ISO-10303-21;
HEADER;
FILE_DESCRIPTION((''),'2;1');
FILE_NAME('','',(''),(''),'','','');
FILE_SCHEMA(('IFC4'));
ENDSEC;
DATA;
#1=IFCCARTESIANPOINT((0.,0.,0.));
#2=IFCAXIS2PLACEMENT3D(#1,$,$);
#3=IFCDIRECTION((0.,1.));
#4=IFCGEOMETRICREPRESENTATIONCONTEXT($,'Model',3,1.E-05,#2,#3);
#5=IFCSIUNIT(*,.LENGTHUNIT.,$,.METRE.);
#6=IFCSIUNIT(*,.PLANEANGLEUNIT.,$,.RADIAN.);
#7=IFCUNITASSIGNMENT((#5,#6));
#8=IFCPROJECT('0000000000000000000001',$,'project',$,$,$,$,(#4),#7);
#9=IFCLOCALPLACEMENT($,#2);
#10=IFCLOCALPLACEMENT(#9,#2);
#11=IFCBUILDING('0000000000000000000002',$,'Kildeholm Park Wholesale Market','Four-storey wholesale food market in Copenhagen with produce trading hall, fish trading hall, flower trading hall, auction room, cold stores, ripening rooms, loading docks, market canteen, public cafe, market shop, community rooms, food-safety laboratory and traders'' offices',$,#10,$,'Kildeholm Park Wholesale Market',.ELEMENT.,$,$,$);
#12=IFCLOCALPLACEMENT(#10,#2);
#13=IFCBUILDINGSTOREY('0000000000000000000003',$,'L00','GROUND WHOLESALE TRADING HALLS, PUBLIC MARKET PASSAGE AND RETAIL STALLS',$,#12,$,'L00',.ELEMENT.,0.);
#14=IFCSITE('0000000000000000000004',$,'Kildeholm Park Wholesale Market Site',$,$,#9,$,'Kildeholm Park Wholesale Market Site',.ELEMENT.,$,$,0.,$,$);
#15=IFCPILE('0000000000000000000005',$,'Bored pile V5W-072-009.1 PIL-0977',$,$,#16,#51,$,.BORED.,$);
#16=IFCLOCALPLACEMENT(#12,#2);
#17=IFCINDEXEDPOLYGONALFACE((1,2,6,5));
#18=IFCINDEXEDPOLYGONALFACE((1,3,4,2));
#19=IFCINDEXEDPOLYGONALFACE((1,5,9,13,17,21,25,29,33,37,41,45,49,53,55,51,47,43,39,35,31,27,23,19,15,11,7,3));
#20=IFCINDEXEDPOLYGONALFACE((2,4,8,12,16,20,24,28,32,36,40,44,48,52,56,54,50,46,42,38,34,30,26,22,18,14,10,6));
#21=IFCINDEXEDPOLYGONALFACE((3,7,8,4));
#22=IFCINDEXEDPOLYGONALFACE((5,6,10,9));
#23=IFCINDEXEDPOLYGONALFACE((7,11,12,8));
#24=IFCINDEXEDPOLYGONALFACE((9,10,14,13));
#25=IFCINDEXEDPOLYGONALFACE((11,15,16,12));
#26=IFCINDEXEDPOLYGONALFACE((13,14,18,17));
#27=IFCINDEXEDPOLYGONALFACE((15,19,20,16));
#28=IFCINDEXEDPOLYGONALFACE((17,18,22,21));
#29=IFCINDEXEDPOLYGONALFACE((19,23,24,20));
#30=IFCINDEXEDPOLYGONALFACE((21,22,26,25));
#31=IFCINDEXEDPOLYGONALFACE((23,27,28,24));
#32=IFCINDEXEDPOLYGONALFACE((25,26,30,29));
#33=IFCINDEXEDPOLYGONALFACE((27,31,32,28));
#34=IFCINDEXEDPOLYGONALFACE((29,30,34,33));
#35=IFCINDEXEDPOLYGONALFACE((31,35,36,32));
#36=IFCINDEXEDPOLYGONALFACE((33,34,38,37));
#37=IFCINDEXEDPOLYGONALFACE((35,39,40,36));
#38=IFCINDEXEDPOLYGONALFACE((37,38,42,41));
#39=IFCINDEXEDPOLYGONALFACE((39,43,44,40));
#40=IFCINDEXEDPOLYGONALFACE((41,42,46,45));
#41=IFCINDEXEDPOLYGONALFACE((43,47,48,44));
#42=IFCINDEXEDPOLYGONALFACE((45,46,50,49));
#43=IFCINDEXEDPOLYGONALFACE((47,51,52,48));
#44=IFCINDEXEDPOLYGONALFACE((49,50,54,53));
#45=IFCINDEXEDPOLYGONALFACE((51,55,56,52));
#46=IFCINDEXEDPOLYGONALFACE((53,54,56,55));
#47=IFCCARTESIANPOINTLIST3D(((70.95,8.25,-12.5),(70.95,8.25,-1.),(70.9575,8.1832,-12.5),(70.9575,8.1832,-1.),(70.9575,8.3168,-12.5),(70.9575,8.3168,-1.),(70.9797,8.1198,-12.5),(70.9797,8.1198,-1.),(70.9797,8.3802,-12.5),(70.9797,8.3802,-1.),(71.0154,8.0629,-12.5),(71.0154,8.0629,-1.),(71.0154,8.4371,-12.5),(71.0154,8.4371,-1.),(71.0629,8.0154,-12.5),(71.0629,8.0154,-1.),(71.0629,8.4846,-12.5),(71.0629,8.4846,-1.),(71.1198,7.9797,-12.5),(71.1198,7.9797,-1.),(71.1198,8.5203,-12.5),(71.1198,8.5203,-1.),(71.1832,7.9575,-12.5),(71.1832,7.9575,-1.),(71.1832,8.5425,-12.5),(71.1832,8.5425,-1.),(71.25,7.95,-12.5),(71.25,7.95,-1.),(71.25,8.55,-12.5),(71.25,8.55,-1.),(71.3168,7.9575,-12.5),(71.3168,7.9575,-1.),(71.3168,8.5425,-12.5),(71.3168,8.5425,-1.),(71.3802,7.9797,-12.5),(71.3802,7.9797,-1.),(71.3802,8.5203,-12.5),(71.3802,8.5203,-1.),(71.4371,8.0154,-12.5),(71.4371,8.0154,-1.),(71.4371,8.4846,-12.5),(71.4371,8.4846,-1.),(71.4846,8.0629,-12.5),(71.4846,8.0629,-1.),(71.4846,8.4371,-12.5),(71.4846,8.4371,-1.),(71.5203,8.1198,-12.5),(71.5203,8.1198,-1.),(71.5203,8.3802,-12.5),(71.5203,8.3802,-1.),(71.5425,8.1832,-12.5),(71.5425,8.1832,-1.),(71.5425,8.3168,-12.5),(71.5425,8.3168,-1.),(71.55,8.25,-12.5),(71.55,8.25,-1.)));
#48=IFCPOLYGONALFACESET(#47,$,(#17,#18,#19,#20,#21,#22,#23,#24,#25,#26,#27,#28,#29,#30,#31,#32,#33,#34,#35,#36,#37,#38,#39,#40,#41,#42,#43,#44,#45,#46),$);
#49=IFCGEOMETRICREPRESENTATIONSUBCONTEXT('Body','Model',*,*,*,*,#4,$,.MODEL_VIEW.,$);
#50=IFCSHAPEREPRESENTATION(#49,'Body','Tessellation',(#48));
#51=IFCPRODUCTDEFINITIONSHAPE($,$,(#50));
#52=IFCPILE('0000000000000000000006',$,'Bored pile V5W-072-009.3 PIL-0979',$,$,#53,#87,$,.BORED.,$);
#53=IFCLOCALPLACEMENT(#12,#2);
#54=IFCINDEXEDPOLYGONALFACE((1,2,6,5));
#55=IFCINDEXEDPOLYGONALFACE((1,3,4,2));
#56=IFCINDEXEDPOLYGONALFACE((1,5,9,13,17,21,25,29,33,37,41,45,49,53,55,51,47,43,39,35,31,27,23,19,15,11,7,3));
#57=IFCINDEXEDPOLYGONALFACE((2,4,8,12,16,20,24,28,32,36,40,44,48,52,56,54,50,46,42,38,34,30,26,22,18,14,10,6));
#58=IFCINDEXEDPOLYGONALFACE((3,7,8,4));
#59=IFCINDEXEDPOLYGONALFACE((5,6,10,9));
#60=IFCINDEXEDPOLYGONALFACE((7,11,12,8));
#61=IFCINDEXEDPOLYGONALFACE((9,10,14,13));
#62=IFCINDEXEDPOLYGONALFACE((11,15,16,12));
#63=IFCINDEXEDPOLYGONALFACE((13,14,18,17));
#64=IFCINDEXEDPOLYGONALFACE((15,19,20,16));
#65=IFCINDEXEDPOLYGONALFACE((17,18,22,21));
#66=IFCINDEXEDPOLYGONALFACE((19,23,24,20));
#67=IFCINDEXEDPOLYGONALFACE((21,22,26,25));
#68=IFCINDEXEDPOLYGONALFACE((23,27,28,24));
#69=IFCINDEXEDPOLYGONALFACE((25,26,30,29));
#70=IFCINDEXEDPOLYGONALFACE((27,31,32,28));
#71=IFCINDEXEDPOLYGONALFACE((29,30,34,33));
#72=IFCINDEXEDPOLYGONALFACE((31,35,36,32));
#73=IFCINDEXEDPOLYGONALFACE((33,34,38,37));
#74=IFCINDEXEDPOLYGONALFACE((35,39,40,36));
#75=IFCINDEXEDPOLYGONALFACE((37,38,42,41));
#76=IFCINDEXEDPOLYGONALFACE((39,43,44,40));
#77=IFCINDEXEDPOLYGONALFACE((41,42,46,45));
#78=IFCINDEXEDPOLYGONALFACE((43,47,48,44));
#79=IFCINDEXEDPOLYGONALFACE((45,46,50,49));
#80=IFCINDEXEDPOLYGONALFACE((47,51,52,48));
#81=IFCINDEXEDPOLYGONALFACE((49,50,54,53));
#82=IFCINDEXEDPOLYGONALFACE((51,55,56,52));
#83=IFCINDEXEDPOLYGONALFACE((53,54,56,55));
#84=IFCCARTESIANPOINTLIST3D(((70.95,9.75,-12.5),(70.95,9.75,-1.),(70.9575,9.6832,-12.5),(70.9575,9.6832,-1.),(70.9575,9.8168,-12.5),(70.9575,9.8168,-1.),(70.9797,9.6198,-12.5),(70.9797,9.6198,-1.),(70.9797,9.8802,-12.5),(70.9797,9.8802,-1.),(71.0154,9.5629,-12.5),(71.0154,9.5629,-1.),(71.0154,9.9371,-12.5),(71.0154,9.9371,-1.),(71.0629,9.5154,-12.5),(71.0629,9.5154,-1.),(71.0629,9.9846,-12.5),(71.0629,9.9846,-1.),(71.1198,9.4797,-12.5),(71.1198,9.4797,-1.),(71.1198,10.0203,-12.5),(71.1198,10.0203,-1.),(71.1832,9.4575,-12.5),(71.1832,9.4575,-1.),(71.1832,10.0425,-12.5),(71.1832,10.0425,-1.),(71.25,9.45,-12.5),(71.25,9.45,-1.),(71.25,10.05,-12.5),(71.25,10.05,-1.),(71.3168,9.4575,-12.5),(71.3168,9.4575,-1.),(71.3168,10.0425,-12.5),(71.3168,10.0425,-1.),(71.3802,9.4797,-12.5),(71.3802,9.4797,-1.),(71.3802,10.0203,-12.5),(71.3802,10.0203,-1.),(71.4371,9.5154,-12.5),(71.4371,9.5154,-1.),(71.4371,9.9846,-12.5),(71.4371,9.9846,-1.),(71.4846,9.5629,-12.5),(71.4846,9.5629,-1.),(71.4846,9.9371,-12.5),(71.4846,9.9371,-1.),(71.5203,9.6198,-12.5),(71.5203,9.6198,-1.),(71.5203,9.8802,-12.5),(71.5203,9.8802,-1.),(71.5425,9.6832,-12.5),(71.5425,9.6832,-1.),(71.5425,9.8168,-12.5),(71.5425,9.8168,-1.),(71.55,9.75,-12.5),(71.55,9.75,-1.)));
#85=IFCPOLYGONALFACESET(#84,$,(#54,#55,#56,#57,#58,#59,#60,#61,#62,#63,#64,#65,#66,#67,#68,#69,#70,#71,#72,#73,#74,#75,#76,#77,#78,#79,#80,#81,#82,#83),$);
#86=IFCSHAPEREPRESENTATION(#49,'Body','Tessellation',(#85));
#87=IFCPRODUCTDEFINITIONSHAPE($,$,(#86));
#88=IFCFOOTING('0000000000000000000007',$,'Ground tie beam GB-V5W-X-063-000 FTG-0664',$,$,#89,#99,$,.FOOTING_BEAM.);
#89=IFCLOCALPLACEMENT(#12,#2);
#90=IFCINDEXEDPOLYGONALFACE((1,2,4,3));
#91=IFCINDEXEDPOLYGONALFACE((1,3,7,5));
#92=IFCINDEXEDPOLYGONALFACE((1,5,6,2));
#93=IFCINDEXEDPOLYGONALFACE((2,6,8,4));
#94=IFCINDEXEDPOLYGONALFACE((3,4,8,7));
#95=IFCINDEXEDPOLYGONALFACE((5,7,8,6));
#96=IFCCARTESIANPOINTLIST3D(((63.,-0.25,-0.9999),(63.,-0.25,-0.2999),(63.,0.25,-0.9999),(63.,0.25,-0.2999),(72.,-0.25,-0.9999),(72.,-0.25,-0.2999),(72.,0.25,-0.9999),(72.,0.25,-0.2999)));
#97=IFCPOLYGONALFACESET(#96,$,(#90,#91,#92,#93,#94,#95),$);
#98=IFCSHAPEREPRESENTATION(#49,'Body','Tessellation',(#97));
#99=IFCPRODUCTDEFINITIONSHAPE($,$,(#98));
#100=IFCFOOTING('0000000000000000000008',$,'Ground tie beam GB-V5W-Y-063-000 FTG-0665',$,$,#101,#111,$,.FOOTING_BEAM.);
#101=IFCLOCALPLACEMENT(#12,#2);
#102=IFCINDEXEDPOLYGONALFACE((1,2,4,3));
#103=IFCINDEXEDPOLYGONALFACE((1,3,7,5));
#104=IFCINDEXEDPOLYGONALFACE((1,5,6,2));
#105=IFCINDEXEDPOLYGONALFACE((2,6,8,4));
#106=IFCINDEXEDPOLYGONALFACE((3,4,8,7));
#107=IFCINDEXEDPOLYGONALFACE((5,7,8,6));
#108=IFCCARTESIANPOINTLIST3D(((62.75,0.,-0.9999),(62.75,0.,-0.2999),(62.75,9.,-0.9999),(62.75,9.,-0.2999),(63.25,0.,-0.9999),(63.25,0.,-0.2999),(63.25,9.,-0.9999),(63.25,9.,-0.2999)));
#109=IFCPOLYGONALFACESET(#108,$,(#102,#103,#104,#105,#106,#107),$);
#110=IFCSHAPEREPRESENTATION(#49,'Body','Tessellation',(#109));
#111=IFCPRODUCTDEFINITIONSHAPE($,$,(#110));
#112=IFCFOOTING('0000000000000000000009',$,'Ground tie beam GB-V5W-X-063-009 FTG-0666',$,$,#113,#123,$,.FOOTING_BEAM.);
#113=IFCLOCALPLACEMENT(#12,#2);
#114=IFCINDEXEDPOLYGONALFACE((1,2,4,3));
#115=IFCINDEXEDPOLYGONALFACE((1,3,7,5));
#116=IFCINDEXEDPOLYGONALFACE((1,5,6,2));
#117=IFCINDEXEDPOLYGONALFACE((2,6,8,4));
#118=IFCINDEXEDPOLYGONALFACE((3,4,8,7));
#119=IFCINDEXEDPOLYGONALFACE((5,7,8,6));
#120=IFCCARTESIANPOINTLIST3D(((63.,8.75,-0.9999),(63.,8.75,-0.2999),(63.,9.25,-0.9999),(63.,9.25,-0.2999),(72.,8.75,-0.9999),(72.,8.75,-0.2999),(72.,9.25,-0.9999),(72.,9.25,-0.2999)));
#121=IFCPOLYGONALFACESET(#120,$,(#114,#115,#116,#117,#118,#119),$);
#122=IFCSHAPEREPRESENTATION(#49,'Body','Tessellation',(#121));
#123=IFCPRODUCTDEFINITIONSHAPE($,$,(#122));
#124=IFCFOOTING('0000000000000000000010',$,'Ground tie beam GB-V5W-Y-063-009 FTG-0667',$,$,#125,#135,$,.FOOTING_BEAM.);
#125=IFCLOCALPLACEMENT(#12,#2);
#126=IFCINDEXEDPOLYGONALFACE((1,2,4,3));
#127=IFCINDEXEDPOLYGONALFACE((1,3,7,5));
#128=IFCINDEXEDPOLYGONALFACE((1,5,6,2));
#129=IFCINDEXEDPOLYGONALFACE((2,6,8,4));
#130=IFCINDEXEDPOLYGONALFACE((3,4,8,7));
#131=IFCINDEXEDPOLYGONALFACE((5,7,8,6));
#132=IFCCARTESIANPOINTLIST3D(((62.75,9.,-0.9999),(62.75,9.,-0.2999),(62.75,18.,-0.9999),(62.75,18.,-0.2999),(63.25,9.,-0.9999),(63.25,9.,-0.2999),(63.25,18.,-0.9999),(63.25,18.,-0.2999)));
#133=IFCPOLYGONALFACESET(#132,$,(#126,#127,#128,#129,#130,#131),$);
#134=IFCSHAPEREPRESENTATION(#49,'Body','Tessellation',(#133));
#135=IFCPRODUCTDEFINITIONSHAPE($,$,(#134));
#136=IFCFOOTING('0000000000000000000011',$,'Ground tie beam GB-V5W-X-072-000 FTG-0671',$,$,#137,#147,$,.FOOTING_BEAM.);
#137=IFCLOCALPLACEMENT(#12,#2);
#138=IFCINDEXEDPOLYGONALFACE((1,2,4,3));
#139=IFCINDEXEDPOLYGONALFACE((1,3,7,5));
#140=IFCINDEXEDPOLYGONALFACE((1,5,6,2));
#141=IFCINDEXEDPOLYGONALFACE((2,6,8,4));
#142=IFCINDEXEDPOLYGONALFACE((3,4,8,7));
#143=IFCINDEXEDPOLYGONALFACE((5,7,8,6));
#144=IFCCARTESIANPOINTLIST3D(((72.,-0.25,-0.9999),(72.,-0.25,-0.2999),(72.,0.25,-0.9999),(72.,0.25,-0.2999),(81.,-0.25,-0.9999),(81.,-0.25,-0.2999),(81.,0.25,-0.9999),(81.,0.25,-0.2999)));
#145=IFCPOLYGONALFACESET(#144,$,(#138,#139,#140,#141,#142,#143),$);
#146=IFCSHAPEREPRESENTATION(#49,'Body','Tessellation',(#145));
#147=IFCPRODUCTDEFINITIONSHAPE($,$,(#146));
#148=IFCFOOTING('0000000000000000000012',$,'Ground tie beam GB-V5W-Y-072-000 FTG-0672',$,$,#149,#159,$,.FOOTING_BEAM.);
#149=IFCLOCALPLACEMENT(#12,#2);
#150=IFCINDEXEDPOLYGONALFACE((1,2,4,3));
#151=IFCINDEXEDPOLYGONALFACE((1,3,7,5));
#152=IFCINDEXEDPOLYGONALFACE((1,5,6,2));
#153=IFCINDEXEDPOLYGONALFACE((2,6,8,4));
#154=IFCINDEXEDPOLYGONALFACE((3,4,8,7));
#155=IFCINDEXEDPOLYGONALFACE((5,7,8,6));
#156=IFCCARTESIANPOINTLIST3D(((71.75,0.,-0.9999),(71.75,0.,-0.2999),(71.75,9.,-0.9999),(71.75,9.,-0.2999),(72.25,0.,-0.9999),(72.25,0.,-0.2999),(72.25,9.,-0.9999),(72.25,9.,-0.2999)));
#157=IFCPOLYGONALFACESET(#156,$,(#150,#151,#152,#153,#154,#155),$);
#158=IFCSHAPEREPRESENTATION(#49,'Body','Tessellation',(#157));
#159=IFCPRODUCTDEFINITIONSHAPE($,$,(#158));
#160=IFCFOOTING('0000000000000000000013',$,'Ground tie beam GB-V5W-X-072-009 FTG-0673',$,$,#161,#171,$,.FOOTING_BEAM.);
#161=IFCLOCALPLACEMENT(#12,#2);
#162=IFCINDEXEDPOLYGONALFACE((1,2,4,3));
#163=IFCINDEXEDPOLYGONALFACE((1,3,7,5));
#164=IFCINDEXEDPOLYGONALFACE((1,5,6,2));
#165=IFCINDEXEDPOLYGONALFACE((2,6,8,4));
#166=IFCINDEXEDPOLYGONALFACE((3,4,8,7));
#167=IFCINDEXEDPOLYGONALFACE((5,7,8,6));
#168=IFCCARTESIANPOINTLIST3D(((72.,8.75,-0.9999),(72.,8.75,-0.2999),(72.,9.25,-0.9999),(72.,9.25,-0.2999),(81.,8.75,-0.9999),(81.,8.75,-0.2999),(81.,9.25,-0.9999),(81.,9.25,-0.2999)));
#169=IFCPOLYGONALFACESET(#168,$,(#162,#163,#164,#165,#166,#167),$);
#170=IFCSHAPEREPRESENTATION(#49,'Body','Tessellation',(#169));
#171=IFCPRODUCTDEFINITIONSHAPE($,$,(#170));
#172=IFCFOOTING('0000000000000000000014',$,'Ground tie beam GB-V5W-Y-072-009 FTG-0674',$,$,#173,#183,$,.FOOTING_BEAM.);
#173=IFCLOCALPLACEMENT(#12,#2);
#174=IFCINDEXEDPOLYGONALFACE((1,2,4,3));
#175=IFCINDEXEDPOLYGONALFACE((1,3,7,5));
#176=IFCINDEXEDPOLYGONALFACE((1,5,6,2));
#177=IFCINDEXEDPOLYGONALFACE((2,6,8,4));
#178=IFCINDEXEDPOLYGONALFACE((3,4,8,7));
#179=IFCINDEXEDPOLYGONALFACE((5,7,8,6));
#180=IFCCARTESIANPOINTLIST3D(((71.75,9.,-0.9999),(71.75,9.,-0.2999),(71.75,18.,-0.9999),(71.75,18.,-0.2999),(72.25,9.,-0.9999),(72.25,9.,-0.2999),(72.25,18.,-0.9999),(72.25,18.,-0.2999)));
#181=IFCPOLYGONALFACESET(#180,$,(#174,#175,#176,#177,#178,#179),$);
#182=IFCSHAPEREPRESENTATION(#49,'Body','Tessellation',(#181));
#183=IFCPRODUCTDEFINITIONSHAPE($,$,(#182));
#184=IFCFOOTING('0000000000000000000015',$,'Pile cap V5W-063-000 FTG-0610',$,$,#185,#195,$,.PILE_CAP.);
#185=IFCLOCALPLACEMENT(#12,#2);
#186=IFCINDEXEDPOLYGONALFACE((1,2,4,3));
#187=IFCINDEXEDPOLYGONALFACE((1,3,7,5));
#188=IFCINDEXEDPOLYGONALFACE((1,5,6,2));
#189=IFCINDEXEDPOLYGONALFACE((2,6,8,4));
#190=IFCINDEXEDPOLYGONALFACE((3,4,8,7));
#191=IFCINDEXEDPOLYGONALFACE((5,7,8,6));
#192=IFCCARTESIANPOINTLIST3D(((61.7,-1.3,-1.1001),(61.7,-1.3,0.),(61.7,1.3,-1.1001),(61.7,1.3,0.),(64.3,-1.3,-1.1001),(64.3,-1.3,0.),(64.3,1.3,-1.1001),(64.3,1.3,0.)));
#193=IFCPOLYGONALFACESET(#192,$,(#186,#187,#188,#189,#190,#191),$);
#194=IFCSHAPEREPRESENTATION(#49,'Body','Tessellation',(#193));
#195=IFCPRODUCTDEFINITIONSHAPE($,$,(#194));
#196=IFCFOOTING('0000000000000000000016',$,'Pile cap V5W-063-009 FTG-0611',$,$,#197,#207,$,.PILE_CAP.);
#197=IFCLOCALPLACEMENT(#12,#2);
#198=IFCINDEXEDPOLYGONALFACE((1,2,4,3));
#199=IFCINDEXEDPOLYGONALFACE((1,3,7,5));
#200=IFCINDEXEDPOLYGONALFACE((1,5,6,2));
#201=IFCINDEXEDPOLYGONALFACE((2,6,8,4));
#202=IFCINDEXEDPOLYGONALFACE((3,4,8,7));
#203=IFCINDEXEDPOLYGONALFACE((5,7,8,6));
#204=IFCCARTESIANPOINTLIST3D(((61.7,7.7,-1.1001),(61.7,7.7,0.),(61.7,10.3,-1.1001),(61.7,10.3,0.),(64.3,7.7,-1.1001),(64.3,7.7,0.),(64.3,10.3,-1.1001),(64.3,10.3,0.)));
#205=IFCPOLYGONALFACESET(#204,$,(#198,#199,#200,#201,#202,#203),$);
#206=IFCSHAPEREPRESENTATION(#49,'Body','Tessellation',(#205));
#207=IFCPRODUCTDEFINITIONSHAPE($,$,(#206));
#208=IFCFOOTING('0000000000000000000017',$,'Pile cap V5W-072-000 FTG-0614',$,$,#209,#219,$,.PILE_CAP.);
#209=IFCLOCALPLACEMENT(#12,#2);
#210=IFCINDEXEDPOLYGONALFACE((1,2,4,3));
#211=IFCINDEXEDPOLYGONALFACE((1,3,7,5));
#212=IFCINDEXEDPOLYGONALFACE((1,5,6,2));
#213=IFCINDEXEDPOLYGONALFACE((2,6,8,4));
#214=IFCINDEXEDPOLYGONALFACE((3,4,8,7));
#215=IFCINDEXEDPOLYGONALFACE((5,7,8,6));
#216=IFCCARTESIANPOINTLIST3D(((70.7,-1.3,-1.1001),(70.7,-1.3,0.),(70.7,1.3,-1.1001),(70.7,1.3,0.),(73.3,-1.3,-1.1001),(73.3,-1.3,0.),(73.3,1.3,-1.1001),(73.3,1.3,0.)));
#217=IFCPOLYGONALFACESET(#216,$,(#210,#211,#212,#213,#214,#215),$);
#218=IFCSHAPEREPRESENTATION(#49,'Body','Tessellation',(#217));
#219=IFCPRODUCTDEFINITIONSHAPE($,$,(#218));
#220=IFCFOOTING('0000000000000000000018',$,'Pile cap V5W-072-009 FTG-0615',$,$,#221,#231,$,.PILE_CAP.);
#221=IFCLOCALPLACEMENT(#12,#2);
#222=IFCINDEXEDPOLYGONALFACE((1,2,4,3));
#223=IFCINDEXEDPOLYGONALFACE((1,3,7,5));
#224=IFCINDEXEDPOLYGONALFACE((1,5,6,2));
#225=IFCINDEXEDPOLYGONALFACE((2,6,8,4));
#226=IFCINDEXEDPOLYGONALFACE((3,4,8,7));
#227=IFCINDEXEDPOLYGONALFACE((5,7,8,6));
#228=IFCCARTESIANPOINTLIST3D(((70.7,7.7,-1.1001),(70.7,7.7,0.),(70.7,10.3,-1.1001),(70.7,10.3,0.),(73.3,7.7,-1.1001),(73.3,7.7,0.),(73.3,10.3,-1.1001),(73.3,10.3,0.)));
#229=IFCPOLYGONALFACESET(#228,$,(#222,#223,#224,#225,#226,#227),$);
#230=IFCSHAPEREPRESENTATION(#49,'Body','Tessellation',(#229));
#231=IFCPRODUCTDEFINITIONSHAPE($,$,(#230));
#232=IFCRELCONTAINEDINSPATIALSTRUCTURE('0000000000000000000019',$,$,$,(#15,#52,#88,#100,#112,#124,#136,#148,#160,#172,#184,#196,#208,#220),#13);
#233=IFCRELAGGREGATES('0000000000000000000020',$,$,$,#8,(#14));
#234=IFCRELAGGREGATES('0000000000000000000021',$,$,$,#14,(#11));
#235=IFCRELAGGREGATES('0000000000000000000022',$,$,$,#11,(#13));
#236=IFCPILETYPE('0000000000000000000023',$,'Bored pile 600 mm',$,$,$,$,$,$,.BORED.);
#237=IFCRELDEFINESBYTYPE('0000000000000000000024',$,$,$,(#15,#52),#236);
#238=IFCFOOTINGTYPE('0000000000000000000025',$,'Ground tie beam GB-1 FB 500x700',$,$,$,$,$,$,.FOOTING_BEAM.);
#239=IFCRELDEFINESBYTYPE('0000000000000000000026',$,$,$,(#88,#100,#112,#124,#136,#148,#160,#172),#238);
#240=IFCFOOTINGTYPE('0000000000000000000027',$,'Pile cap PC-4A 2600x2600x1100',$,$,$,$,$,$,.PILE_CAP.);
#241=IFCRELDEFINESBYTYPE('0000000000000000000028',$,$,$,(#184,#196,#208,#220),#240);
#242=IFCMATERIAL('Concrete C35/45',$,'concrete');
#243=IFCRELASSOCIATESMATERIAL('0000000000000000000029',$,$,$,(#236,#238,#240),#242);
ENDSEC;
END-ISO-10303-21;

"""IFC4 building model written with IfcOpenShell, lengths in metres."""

from ifc_helpers import new_model, si_unit, direction, frame, origin, origin_2d, place, context, subcontext, project, spatial, rectangle, circle, extrude, material, material_profile, profile_set, type_object, element, save


model = new_model("IFC4")

# Units and contexts
model_context = context("Model", 3, precision=1e-05, world=origin(), true_north=direction((0.0, 1.0)))
body_context = subcontext(model_context, "Body", "Model", "MODEL_VIEW")
ifc_project = project(units=[si_unit("LENGTHUNIT", "METRE"), si_unit("PLANEANGLEUNIT", "RADIAN")], contexts=[model_context])

# Site, building, storey
site_placement = place(None, origin())
site = spatial("IfcSite", under=ifc_project, at=site_placement, Name="Kildeholm Park Wholesale Market Site", LongName="Kildeholm Park Wholesale Market Site", CompositionType="ELEMENT", RefElevation=0.0)
building_placement = place(site_placement, origin())
building = spatial("IfcBuilding", under=site, at=building_placement, Name="Kildeholm Park Wholesale Market", Description="Four-storey wholesale food market in Copenhagen with produce trading hall, fish trading hall, flower trading hall, auction room, cold stores, ripening rooms, loading docks, market canteen, public cafe, market shop, community rooms, food-safety laboratory and traders' offices", LongName="Kildeholm Park Wholesale Market", CompositionType="ELEMENT")
storey_placement = place(building_placement, origin())
storey = spatial("IfcBuildingStorey", under=building, at=storey_placement, Name="L00", Description="GROUND WHOLESALE TRADING HALLS, PUBLIC MARKET PASSAGE AND RETAIL STALLS", LongName="L00", CompositionType="ELEMENT", Elevation=0.0)

# Piles
ifc_material_1 = material(Name="Concrete C35/45", Category="concrete")
ifc_material_profile_1 = material_profile(ifc_material_1, circle(Radius=0.3, at=origin_2d()), Name="PILE D600")
ifc_profile_set_1 = profile_set([ifc_material_profile_1], Name="Concrete C35/45")
pile_type = type_object("IfcPileType", Name="Bored pile 600 mm", PredefinedType="BORED", material=ifc_profile_set_1)
for number, where, z_axis, x_axis, name in (
    (1, (71.25, 8.25, -1.0), (0.0, 0.0, -1.0), (1.0, 0.0, 0.0), "Bored pile V5W-072-009.1 PIL-0977"),
    (2, (71.25, 9.75, -1.0), (0.0, 0.0, -1.0), (1.0, 0.0, 0.0), "Bored pile V5W-072-009.3 PIL-0979"),
):
    element("IfcPile", number, at=place(storey_placement, frame(where, z_axis=z_axis, x_axis=x_axis)), inside=storey, type_object=pile_type, Name=name, PredefinedType="BORED", context=body_context, shape_type="SweptSolid", body=[
        extrude(circle(Radius=0.3, at=origin_2d()), origin(), (0.0, 0.0, 1.0), 11.5),
    ])

# Footings
ifc_material_profile_2 = material_profile(ifc_material_1, rectangle(XDim=0.5, YDim=0.7, at=origin_2d()), Name="FB 500x700")
ifc_profile_set_2 = profile_set([ifc_material_profile_2], Name="Concrete C35/45")
footing_type_1 = type_object("IfcFootingType", Name="Ground tie beam GB-1 FB 500x700", PredefinedType="FOOTING_BEAM", material=ifc_profile_set_2)
for number, where, z_axis, x_axis, name in (
    (3, (63.0, 0.0, -0.6499), (1.0, 0.0, 0.0), (0.0, 1.0, 0.0), "Ground tie beam GB-V5W-X-063-000 FTG-0664"),
    (4, (63.0, 0.0, -0.6499), (0.0, 1.0, 0.0), (-1.0, 0.0, 0.0), "Ground tie beam GB-V5W-Y-063-000 FTG-0665"),
    (5, (63.0, 9.0, -0.6499), (1.0, 0.0, 0.0), (0.0, 1.0, 0.0), "Ground tie beam GB-V5W-X-063-009 FTG-0666"),
    (6, (63.0, 9.0, -0.6499), (0.0, 1.0, 0.0), (-1.0, 0.0, 0.0), "Ground tie beam GB-V5W-Y-063-009 FTG-0667"),
    (7, (72.0, 0.0, -0.6499), (1.0, 0.0, 0.0), (0.0, 1.0, 0.0), "Ground tie beam GB-V5W-X-072-000 FTG-0671"),
    (8, (72.0, 0.0, -0.6499), (0.0, 1.0, 0.0), (-1.0, 0.0, 0.0), "Ground tie beam GB-V5W-Y-072-000 FTG-0672"),
    (9, (72.0, 9.0, -0.6499), (1.0, 0.0, 0.0), (0.0, 1.0, 0.0), "Ground tie beam GB-V5W-X-072-009 FTG-0673"),
    (10, (72.0, 9.0, -0.6499), (0.0, 1.0, 0.0), (-1.0, 0.0, 0.0), "Ground tie beam GB-V5W-Y-072-009 FTG-0674"),
):
    element("IfcFooting", number, at=place(storey_placement, frame(where, z_axis=z_axis, x_axis=x_axis)), inside=storey, type_object=footing_type_1, Name=name, PredefinedType="FOOTING_BEAM", context=body_context, shape_type="SweptSolid", body=[
        extrude(rectangle(XDim=0.5, YDim=0.7, at=origin_2d()), origin(), (0.0, 0.0, 1.0), 9.0),
    ])
footing_type_2 = type_object("IfcFootingType", Name="Pile cap PC-4A 2600x2600x1100", PredefinedType="PILE_CAP", material=ifc_material_1)
for number, where, z_axis, x_axis, name in (
    (11, (63.0, 0.0, -1.1001), (0.0, 0.0, 1.0), (1.0, 0.0, 0.0), "Pile cap V5W-063-000 FTG-0610"),
    (12, (63.0, 9.0, -1.1001), (0.0, 0.0, 1.0), (1.0, 0.0, 0.0), "Pile cap V5W-063-009 FTG-0611"),
    (13, (72.0, 0.0, -1.1001), (0.0, 0.0, 1.0), (1.0, 0.0, 0.0), "Pile cap V5W-072-000 FTG-0614"),
    (14, (72.0, 9.0, -1.1001), (0.0, 0.0, 1.0), (1.0, 0.0, 0.0), "Pile cap V5W-072-009 FTG-0615"),
):
    element("IfcFooting", number, at=place(storey_placement, frame(where, z_axis=z_axis, x_axis=x_axis)), inside=storey, type_object=footing_type_2, Name=name, PredefinedType="PILE_CAP", context=body_context, shape_type="SweptSolid", body=[
        extrude(rectangle(XDim=2.6001, YDim=2.6001, at=origin_2d()), origin(), (0.0, 0.0, 1.0), 1.1001),
    ])

save(model, "model.ifc")
